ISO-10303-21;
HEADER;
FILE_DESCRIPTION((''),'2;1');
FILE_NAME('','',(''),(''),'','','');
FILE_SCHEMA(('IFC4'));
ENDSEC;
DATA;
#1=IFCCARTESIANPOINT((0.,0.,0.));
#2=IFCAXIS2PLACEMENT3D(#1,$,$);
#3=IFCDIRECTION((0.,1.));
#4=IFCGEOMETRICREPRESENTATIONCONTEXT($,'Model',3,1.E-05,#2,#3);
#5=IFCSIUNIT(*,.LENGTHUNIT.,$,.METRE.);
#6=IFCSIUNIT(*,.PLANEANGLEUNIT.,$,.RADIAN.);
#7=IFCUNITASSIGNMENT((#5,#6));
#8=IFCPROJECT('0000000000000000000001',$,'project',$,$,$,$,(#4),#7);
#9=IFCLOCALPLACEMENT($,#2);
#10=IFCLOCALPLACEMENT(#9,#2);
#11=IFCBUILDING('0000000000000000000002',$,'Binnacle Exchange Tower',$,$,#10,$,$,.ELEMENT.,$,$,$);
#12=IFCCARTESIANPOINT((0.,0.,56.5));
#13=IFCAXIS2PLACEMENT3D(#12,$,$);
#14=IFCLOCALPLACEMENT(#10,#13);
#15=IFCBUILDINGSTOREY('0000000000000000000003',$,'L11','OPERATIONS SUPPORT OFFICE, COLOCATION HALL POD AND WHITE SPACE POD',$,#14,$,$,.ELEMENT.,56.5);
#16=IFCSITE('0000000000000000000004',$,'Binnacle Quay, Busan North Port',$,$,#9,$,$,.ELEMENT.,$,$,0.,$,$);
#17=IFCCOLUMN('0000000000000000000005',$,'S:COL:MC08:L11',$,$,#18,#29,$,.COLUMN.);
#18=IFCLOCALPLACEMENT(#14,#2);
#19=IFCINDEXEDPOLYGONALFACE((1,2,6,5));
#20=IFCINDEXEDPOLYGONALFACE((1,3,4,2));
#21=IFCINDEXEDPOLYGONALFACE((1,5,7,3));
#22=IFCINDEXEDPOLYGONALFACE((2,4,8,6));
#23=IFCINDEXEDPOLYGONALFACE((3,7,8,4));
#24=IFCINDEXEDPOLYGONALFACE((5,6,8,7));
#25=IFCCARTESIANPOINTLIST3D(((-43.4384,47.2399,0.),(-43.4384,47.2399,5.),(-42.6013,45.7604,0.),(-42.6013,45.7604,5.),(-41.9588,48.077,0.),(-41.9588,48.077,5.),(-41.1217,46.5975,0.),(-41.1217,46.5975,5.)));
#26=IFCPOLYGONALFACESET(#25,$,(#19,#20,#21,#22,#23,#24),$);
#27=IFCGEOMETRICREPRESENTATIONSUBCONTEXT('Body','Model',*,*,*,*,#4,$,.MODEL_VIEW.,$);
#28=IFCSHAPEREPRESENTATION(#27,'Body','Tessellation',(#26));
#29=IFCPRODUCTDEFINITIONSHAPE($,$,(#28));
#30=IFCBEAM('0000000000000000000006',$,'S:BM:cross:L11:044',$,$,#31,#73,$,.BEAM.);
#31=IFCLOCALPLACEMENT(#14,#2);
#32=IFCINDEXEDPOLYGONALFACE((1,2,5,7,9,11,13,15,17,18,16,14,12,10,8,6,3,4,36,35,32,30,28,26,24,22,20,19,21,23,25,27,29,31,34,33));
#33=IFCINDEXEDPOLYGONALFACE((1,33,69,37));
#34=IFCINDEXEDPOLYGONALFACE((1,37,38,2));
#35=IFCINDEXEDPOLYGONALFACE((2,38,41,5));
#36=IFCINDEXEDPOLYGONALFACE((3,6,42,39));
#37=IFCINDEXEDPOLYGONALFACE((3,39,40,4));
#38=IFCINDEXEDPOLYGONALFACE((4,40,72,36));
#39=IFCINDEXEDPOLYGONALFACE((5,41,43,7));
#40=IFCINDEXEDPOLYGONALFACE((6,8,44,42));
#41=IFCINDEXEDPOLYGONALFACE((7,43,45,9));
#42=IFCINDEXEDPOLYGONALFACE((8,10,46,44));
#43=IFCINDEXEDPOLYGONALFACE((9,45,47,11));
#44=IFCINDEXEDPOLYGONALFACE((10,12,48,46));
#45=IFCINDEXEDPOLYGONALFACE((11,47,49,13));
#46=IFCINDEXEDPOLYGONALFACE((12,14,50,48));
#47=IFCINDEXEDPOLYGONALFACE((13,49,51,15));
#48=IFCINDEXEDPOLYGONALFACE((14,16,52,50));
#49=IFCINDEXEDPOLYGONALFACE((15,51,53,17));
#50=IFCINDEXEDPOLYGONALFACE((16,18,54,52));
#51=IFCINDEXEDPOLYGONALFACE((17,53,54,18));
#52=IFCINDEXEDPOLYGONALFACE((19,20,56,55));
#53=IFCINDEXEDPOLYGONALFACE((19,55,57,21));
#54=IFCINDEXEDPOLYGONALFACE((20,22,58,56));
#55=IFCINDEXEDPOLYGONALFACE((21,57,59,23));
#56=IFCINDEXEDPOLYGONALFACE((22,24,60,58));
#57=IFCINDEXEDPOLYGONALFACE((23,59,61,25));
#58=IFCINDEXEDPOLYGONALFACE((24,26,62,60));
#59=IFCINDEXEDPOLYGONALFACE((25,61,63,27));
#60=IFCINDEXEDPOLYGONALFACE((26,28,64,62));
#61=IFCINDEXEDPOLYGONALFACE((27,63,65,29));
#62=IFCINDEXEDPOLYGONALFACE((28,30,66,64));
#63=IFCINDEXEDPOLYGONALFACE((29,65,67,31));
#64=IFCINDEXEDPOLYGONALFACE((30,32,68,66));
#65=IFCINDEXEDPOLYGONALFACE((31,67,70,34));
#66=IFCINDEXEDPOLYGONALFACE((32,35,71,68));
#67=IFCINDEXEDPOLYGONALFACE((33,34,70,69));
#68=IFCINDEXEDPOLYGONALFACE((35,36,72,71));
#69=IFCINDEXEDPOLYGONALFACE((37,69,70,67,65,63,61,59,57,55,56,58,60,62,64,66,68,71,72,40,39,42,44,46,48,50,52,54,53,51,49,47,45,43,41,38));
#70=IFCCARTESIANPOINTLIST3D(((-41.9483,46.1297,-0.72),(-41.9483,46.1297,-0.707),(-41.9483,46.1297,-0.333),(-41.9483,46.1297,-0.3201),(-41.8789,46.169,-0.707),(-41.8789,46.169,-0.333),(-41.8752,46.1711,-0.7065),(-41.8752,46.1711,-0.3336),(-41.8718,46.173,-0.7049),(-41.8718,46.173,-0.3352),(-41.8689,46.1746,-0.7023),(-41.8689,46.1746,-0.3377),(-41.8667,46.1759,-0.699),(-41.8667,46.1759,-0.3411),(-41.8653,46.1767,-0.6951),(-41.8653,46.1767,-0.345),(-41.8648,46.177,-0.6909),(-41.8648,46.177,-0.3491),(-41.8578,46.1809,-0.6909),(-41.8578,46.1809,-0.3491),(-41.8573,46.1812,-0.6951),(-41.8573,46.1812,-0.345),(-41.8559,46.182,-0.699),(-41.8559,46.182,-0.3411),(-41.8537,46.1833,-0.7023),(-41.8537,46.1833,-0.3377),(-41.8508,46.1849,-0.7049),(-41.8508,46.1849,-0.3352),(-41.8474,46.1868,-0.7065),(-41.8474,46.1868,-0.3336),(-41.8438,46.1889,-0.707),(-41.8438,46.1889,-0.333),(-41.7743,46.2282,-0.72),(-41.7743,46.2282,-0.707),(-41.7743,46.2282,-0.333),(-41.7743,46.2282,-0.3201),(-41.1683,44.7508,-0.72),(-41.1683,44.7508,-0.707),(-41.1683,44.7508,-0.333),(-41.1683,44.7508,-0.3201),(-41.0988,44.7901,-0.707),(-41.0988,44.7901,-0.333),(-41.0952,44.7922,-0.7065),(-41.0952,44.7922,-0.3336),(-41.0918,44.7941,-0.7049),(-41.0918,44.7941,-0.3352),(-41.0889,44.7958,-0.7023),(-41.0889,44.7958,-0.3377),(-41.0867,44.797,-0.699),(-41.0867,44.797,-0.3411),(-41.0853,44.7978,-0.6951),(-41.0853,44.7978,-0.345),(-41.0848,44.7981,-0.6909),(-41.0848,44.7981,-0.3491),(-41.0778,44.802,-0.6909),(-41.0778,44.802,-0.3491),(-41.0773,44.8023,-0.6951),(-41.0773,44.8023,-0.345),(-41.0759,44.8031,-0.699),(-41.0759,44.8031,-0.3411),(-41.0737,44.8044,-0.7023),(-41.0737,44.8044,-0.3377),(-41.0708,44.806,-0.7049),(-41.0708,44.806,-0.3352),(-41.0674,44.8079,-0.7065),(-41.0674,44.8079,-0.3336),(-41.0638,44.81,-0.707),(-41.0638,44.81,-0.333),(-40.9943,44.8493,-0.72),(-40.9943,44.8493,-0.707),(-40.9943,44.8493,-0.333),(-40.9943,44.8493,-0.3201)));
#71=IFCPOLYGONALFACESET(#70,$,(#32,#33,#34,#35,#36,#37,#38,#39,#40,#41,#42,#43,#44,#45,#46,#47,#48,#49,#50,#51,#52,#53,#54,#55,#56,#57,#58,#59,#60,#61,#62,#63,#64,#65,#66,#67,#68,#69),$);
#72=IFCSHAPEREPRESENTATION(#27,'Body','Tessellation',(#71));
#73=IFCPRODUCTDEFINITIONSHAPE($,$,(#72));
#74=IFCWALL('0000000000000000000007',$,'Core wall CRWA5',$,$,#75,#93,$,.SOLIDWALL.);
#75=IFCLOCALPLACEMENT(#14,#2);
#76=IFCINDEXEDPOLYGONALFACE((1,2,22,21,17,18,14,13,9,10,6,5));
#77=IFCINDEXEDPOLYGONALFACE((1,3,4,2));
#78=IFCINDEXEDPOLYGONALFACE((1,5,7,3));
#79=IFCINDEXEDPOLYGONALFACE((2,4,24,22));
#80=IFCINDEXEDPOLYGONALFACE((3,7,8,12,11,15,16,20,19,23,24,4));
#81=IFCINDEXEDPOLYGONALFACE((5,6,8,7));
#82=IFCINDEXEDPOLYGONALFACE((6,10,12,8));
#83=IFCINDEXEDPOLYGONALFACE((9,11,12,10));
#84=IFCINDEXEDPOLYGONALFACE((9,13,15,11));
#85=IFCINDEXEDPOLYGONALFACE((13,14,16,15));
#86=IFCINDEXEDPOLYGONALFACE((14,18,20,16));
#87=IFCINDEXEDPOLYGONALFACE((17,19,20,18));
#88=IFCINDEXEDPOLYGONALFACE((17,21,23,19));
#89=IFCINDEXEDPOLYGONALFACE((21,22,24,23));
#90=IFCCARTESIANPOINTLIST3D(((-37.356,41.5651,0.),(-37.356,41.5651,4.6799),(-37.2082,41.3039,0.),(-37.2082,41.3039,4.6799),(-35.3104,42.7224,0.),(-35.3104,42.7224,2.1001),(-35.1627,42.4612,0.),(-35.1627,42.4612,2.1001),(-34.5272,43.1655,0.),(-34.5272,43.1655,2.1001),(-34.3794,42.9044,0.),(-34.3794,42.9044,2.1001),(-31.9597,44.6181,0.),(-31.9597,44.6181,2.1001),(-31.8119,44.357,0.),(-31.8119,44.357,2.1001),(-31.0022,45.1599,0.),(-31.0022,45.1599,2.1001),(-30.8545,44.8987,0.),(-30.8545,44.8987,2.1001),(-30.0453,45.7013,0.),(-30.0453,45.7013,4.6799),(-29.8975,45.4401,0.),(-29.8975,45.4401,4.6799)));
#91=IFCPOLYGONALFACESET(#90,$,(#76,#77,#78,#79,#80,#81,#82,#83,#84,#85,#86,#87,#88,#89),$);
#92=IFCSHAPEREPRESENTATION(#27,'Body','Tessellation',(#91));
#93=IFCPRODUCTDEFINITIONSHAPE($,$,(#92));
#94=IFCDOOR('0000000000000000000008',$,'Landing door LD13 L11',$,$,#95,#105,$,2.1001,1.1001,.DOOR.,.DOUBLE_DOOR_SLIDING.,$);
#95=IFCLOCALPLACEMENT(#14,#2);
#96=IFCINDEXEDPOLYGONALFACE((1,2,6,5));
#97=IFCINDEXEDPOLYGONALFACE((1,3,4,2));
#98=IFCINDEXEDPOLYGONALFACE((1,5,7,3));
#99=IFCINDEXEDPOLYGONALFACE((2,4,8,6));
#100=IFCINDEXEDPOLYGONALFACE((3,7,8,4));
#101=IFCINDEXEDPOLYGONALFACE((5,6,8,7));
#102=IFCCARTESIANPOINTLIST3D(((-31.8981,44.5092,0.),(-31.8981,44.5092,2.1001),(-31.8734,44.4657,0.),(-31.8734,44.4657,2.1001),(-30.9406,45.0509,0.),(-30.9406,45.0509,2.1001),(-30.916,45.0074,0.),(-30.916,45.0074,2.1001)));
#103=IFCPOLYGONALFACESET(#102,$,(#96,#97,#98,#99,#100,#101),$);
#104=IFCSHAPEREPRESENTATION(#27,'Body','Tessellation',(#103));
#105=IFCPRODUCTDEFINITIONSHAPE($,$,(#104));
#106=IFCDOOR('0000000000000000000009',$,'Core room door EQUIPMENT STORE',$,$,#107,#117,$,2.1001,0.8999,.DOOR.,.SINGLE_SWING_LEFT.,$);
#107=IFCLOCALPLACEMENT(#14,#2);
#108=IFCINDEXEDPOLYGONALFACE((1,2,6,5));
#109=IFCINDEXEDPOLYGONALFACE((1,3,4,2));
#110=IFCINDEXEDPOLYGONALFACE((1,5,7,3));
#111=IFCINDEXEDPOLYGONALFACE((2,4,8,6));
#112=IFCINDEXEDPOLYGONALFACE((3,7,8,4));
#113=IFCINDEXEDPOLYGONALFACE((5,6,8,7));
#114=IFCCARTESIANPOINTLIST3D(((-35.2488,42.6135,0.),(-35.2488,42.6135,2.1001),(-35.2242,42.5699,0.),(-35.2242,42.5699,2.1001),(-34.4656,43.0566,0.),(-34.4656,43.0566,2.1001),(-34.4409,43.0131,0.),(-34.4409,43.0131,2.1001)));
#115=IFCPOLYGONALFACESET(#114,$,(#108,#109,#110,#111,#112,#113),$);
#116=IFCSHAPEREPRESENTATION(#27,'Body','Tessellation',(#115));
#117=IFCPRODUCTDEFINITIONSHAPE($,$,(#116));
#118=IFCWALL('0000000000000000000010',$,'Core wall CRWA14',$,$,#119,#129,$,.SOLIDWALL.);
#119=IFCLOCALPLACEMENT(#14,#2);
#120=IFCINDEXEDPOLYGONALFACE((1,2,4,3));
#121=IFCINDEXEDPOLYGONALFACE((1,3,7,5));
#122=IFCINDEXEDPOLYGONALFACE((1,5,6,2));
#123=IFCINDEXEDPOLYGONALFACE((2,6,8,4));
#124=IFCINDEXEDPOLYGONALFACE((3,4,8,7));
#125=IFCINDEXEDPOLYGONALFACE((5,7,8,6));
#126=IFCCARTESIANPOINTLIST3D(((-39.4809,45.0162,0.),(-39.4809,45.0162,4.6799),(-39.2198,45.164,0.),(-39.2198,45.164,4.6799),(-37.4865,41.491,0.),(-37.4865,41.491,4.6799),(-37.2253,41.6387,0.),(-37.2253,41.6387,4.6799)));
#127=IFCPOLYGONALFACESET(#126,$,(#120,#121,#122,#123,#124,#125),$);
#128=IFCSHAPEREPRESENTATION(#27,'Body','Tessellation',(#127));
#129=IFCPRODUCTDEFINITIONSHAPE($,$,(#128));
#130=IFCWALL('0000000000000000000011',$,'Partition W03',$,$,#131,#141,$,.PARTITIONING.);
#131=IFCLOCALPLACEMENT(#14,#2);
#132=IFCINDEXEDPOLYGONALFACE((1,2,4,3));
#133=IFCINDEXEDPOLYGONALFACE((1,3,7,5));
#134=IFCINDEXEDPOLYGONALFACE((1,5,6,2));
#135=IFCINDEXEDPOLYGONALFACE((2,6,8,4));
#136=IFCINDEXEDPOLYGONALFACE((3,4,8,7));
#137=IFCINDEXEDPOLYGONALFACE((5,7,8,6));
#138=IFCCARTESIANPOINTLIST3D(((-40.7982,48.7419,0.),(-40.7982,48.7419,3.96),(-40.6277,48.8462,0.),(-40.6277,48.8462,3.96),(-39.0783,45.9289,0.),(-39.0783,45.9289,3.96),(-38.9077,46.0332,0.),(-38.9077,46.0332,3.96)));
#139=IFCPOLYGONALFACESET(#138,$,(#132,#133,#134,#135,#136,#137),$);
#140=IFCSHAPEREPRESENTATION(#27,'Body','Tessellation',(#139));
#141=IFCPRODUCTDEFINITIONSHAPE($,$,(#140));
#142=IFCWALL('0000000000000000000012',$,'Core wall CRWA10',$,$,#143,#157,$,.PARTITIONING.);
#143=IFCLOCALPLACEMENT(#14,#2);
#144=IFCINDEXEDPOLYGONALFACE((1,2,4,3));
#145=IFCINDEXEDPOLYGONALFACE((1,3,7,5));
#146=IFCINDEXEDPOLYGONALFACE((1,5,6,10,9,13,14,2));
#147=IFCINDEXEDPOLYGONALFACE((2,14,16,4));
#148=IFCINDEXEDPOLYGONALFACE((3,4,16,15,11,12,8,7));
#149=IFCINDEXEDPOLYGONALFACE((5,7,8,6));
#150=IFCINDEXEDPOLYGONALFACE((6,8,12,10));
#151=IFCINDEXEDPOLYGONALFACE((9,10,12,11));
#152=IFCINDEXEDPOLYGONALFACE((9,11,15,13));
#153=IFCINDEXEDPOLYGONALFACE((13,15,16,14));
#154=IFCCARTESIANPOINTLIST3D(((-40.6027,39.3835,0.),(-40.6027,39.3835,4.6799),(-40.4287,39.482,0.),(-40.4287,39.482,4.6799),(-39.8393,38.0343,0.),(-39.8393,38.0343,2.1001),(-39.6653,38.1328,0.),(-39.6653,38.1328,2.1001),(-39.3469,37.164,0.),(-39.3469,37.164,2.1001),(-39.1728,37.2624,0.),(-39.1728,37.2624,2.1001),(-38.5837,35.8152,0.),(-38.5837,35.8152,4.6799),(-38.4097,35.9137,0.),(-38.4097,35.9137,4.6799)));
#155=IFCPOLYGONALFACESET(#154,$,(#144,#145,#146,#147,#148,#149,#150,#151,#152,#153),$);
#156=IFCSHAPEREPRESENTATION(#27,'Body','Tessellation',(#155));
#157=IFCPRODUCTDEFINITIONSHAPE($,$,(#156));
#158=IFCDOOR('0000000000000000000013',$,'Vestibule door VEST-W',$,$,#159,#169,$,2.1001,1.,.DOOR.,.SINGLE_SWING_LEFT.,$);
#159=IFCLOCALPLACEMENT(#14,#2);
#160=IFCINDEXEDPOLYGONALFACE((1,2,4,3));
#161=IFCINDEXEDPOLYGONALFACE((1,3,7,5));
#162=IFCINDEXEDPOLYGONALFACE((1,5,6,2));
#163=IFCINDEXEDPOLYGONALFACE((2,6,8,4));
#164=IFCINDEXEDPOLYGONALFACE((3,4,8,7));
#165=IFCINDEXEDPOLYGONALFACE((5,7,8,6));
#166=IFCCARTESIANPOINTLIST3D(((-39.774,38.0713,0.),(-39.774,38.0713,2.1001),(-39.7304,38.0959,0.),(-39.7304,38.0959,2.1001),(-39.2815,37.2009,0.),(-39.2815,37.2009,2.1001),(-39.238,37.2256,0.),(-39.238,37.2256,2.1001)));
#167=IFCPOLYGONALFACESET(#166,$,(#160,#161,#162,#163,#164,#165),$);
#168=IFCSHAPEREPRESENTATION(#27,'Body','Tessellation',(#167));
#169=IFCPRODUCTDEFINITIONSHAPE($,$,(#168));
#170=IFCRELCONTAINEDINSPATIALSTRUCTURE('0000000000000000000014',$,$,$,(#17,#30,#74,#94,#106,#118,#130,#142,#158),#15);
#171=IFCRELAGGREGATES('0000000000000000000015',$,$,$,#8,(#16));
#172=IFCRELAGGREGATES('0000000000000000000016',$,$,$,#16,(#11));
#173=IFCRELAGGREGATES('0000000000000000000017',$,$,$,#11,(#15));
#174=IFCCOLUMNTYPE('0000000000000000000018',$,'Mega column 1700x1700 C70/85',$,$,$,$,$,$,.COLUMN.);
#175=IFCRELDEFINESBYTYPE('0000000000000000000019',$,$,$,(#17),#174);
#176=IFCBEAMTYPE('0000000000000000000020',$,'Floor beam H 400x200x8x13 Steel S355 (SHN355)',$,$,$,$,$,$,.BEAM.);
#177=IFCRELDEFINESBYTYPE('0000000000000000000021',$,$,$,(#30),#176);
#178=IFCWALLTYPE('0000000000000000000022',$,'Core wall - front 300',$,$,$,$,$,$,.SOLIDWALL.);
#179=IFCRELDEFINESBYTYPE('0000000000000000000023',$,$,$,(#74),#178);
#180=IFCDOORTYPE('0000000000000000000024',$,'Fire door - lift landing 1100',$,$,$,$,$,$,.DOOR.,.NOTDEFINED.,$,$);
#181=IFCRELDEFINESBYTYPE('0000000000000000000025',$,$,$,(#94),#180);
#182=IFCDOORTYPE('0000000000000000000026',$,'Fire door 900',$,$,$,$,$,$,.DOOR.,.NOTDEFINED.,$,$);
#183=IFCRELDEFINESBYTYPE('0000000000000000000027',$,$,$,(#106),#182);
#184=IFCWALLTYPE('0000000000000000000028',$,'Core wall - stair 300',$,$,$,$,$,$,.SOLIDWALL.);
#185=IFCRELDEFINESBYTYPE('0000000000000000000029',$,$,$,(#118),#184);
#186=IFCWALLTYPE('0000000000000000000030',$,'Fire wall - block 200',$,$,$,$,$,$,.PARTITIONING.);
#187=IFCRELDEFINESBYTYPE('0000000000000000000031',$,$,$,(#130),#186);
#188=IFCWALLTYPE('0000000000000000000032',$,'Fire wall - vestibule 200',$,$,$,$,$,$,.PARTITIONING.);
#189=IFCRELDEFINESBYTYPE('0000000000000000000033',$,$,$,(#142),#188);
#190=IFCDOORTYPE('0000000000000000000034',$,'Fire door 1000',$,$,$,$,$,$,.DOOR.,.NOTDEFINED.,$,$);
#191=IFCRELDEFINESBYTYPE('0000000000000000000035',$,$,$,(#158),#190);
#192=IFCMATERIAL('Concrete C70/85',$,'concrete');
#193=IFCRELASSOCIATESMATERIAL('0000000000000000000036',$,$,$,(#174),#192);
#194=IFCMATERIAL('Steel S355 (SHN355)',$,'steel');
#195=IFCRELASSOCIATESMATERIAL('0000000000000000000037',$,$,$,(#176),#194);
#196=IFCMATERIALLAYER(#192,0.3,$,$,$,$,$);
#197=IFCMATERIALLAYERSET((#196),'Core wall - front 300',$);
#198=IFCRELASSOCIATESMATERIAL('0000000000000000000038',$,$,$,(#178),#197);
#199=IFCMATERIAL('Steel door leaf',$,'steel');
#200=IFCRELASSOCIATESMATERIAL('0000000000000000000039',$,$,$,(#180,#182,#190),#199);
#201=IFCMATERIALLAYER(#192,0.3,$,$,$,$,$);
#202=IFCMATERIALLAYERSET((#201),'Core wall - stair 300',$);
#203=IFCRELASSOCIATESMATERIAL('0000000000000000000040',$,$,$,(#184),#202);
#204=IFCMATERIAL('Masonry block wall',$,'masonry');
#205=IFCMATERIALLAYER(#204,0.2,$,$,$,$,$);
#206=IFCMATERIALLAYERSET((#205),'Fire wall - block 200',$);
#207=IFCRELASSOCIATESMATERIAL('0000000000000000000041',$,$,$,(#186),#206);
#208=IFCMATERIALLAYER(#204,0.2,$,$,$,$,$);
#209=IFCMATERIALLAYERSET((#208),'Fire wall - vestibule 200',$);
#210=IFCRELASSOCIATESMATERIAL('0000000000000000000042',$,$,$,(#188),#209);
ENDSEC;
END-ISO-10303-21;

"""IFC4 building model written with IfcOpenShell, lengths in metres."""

from ifc_helpers import new_model, si_unit, direction, frame, frame_2d, origin, origin_2d, place, context, subcontext, project, spatial, rectangle, i_section, extrude, material, layer, layer_set, material_profile, profile_set, type_object, element, fill, save


model = new_model("IFC4")

# Units and contexts
model_context = context("Model", 3, precision=1e-05, world=origin(), true_north=direction((0.0, 1.0)))
body_context = subcontext(model_context, "Body", "Model", "MODEL_VIEW")
ifc_project = project(units=[si_unit("LENGTHUNIT", "METRE"), si_unit("PLANEANGLEUNIT", "RADIAN")], contexts=[model_context])

# Site, building, storey
site_placement = place(None, origin())
site = spatial("IfcSite", under=ifc_project, at=site_placement, Name="Binnacle Quay, Busan North Port", CompositionType="ELEMENT", RefElevation=0.0)
building_placement = place(site_placement, origin())
building = spatial("IfcBuilding", under=site, at=building_placement, Name="Binnacle Exchange Tower", CompositionType="ELEMENT")
storey_placement = place(building_placement, frame((0.0, 0.0, 56.5)))
storey = spatial("IfcBuildingStorey", under=building, at=storey_placement, Name="L11", Description="OPERATIONS SUPPORT OFFICE, COLOCATION HALL POD AND WHITE SPACE POD", CompositionType="ELEMENT", Elevation=56.5)

# Column
ifc_material_1 = material(Name="Concrete C70/85", Category="concrete")
ifc_material_profile_1 = material_profile(ifc_material_1, rectangle(XDim=1.7, YDim=1.7, at=origin_2d()), Name="Mega column 1700x1700 C70/85")
ifc_profile_set_1 = profile_set([ifc_material_profile_1], Name="Concrete C70/85")
column_type = type_object("IfcColumnType", Name="Mega column 1700x1700 C70/85", PredefinedType="COLUMN", material=ifc_profile_set_1)
column_placement = place(storey_placement, frame((-42.28, 46.9187, 0.0), z_axis=(0.0, 0.0, 1.0), x_axis=(-0.870356, -0.492424, 0.0)))
element("IfcColumn", 1, at=column_placement, inside=storey, type_object=column_type, Name="S:COL:MC08:L11", PredefinedType="COLUMN", context=body_context, shape_type="SweptSolid", body=[
    extrude(rectangle(XDim=1.7, YDim=1.7, at=origin_2d()), origin(), (0.0, 0.0, 1.0), 5.0),
])

# Beam
ifc_material_2 = material(Name="Steel S355 (SHN355)", Category="steel")
ifc_material_profile_2 = material_profile(ifc_material_2, i_section(OverallWidth=0.2, OverallDepth=0.3999, WebThickness=0.0081, FlangeThickness=0.0129, FilletRadius=0.0161, at=origin_2d()), Name="H 400x200x8x13")
ifc_profile_set_2 = profile_set([ifc_material_profile_2], Name="Steel S355 (SHN355)")
beam_type = type_object("IfcBeamType", Name="Floor beam H 400x200x8x13 Steel S355 (SHN355)", PredefinedType="BEAM", material=ifc_profile_set_2)
beam_placement = place(storey_placement, frame((-41.8613, 46.179, -0.52), z_axis=(0.492367, -0.870388, 0.0), x_axis=(0.870388, 0.492367, 0.0)))
element("IfcBeam", 2, at=beam_placement, inside=storey, type_object=beam_type, Name="S:BM:cross:L11:044", PredefinedType="BEAM", context=body_context, shape_type="SweptSolid", body=[
    extrude(i_section(OverallWidth=0.2, OverallDepth=0.3999, WebThickness=0.0081, FlangeThickness=0.0129, FilletRadius=0.0161, at=origin_2d()), origin(), (0.0, 0.0, 1.0), 1.5842),
])

# Wall, openings, doors
ifc_layer_1 = layer(ifc_material_1, 0.3)
ifc_layer_set_1 = layer_set([ifc_layer_1], Name="Core wall - front 300")
wall_type_1 = type_object("IfcWallType", Name="Core wall - front 300", PredefinedType="SOLIDWALL", material=ifc_layer_set_1)
wall_1_placement = place(storey_placement, frame((-37.282, 41.4346, 0.0), z_axis=(0.0, 0.0, 1.0), x_axis=(0.870357, 0.492422, 0.0)))
wall_1 = element("IfcWall", 3, at=wall_1_placement, inside=storey, type_object=wall_type_1, Name="Core wall CRWA5", PredefinedType="SOLIDWALL", context=body_context, shape_type="SweptSolid", body=[
    extrude(rectangle(XDim=8.3997, YDim=0.3, at=frame_2d((4.1997, 0.0))), origin(), (0.0, 0.0, 1.0), 4.6799),
])
opening_1_placement = place(wall_1_placement, frame((6.2, 0.0, 0.0)))
opening_1 = element("IfcOpeningElement", 4, at=opening_1_placement, cuts=wall_1, PredefinedType="OPENING", context=body_context, shape_type="SweptSolid", body=[
    extrude(rectangle(XDim=1.1001, YDim=2.1001, at=frame_2d((0.55, 1.05))), frame((0.0, 0.1599, 0.0), z_axis=(0.0, -1.0, 0.0), x_axis=(1.0, 0.0, 0.0)), (0.0, 0.0, 1.0), 0.3201),
])
opening_2_placement = place(wall_1_placement, frame((2.3501, 0.0, 0.0)))
opening_2 = element("IfcOpeningElement", 5, at=opening_2_placement, cuts=wall_1, PredefinedType="OPENING", context=body_context, shape_type="SweptSolid", body=[
    extrude(rectangle(XDim=0.8999, YDim=2.1001, at=frame_2d((0.45, 1.05))), frame((0.0, 0.1599, 0.0), z_axis=(0.0, -1.0, 0.0), x_axis=(1.0, 0.0, 0.0)), (0.0, 0.0, 1.0), 0.3201),
])
ifc_material_3 = material(Name="Steel door leaf", Category="steel")
door_type_1 = type_object("IfcDoorType", Name="Fire door - lift landing 1100", OperationType="NOTDEFINED", PredefinedType="DOOR", material=ifc_material_3)
door_1_placement = place(opening_1_placement, origin())
door_1 = element("IfcDoor", 6, at=door_1_placement, inside=storey, type_object=door_type_1, Name="Landing door LD13 L11", OperationType="DOUBLE_DOOR_SLIDING", OverallHeight=2.1001, OverallWidth=1.1001, PredefinedType="DOOR", context=body_context, shape_type="SweptSolid", body=[
    extrude(rectangle(XDim=1.1001, YDim=2.1001, at=frame_2d((0.55, 1.05))), frame((0.0, 0.0249, 0.0), z_axis=(0.0, -1.0, 0.0), x_axis=(1.0, 0.0, 0.0)), (0.0, 0.0, 1.0), 0.05),
])
fill(opening_1, door_1)
door_type_2 = type_object("IfcDoorType", Name="Fire door 900", OperationType="NOTDEFINED", PredefinedType="DOOR", material=ifc_material_3)
door_2_placement = place(opening_2_placement, origin())
door_2 = element("IfcDoor", 7, at=door_2_placement, inside=storey, type_object=door_type_2, Name="Core room door EQUIPMENT STORE", OperationType="SINGLE_SWING_LEFT", OverallHeight=2.1001, OverallWidth=0.8999, PredefinedType="DOOR", context=body_context, shape_type="SweptSolid", body=[
    extrude(rectangle(XDim=0.8999, YDim=2.1001, at=frame_2d((0.45, 1.05))), frame((0.0, 0.0249, 0.0), z_axis=(0.0, -1.0, 0.0), x_axis=(1.0, 0.0, 0.0)), (0.0, 0.0, 1.0), 0.05),
])
fill(opening_2, door_2)

# Walls
ifc_layer_2 = layer(ifc_material_1, 0.3)
ifc_layer_set_2 = layer_set([ifc_layer_2], Name="Core wall - stair 300")
wall_type_2 = type_object("IfcWallType", Name="Core wall - stair 300", PredefinedType="SOLIDWALL", material=ifc_layer_set_2)
wall_2_placement = place(storey_placement, frame((-39.3503, 45.0901, 0.0), z_axis=(0.0, 0.0, 1.0), x_axis=(0.492415, -0.870361, 0.0)))
element("IfcWall", 8, at=wall_2_placement, inside=storey, type_object=wall_type_2, Name="Core wall CRWA14", PredefinedType="SOLIDWALL", context=body_context, shape_type="SweptSolid", body=[
    extrude(rectangle(XDim=4.0503, YDim=0.3, at=frame_2d((2.0251, 0.0))), origin(), (0.0, 0.0, 1.0), 4.6799),
])
ifc_material_4 = material(Name="Masonry block wall", Category="masonry")
ifc_layer_3 = layer(ifc_material_4, 0.2)
ifc_layer_set_3 = layer_set([ifc_layer_3], Name="Fire wall - block 200")
wall_type_3 = type_object("IfcWallType", Name="Fire wall - block 200", PredefinedType="PARTITIONING", material=ifc_layer_set_3)
wall_3_placement = place(storey_placement, frame((-40.7129, 48.7939, 0.0), z_axis=(0.0, 0.0, 1.0), x_axis=(0.521654, -0.853157, 0.0)))
element("IfcWall", 9, at=wall_3_placement, inside=storey, type_object=wall_type_3, Name="Partition W03", PredefinedType="PARTITIONING", context=body_context, shape_type="SweptSolid", body=[
    extrude(rectangle(XDim=3.2971, YDim=0.2, at=frame_2d((1.6484, 0.0))), origin(), (0.0, 0.0, 1.0), 3.96),
])

# Wall, opening, door
ifc_layer_4 = layer(ifc_material_4, 0.2)
ifc_layer_set_4 = layer_set([ifc_layer_4], Name="Fire wall - vestibule 200")
wall_type_4 = type_object("IfcWallType", Name="Fire wall - vestibule 200", PredefinedType="PARTITIONING", material=ifc_layer_set_4)
wall_4_placement = place(storey_placement, frame((-40.5156, 39.4326, 0.0), z_axis=(0.0, 0.0, 1.0), x_axis=(0.492454, -0.870339, 0.0)))
wall_4 = element("IfcWall", 10, at=wall_4_placement, inside=storey, type_object=wall_type_4, Name="Core wall CRWA10", PredefinedType="PARTITIONING", context=body_context, shape_type="SweptSolid", body=[
    extrude(rectangle(XDim=4.0999, YDim=0.2, at=frame_2d((2.0498, 0.0))), origin(), (0.0, 0.0, 1.0), 4.6799),
])
opening_3_placement = place(wall_4_placement, frame((1.55, 0.0, 0.0)))
opening_3 = element("IfcOpeningElement", 11, at=opening_3_placement, cuts=wall_4, PredefinedType="OPENING", context=body_context, shape_type="SweptSolid", body=[
    extrude(rectangle(XDim=1.0, YDim=2.1001, at=frame_2d((0.5, 1.05))), frame((0.0, 0.1099, 0.0), z_axis=(0.0, -1.0, 0.0), x_axis=(1.0, 0.0, 0.0)), (0.0, 0.0, 1.0), 0.22),
])
door_type_3 = type_object("IfcDoorType", Name="Fire door 1000", OperationType="NOTDEFINED", PredefinedType="DOOR", material=ifc_material_3)
door_3_placement = place(opening_3_placement, frame((1.0, 0.0, 0.0), z_axis=(0.0, 0.0, 1.0), x_axis=(-1.0, 0.0, 0.0)))
door_3 = element("IfcDoor", 12, at=door_3_placement, inside=storey, type_object=door_type_3, Name="Vestibule door VEST-W", OperationType="SINGLE_SWING_LEFT", OverallHeight=2.1001, OverallWidth=1.0, PredefinedType="DOOR", context=body_context, shape_type="SweptSolid", body=[
    extrude(rectangle(XDim=1.0, YDim=2.1001, at=frame_2d((0.5, 1.05))), frame((0.0, 0.0249, 0.0), z_axis=(0.0, -1.0, 0.0), x_axis=(1.0, 0.0, 0.0)), (0.0, 0.0, 1.0), 0.05),
])
fill(opening_3, door_3)

save(model, "model.ifc")
